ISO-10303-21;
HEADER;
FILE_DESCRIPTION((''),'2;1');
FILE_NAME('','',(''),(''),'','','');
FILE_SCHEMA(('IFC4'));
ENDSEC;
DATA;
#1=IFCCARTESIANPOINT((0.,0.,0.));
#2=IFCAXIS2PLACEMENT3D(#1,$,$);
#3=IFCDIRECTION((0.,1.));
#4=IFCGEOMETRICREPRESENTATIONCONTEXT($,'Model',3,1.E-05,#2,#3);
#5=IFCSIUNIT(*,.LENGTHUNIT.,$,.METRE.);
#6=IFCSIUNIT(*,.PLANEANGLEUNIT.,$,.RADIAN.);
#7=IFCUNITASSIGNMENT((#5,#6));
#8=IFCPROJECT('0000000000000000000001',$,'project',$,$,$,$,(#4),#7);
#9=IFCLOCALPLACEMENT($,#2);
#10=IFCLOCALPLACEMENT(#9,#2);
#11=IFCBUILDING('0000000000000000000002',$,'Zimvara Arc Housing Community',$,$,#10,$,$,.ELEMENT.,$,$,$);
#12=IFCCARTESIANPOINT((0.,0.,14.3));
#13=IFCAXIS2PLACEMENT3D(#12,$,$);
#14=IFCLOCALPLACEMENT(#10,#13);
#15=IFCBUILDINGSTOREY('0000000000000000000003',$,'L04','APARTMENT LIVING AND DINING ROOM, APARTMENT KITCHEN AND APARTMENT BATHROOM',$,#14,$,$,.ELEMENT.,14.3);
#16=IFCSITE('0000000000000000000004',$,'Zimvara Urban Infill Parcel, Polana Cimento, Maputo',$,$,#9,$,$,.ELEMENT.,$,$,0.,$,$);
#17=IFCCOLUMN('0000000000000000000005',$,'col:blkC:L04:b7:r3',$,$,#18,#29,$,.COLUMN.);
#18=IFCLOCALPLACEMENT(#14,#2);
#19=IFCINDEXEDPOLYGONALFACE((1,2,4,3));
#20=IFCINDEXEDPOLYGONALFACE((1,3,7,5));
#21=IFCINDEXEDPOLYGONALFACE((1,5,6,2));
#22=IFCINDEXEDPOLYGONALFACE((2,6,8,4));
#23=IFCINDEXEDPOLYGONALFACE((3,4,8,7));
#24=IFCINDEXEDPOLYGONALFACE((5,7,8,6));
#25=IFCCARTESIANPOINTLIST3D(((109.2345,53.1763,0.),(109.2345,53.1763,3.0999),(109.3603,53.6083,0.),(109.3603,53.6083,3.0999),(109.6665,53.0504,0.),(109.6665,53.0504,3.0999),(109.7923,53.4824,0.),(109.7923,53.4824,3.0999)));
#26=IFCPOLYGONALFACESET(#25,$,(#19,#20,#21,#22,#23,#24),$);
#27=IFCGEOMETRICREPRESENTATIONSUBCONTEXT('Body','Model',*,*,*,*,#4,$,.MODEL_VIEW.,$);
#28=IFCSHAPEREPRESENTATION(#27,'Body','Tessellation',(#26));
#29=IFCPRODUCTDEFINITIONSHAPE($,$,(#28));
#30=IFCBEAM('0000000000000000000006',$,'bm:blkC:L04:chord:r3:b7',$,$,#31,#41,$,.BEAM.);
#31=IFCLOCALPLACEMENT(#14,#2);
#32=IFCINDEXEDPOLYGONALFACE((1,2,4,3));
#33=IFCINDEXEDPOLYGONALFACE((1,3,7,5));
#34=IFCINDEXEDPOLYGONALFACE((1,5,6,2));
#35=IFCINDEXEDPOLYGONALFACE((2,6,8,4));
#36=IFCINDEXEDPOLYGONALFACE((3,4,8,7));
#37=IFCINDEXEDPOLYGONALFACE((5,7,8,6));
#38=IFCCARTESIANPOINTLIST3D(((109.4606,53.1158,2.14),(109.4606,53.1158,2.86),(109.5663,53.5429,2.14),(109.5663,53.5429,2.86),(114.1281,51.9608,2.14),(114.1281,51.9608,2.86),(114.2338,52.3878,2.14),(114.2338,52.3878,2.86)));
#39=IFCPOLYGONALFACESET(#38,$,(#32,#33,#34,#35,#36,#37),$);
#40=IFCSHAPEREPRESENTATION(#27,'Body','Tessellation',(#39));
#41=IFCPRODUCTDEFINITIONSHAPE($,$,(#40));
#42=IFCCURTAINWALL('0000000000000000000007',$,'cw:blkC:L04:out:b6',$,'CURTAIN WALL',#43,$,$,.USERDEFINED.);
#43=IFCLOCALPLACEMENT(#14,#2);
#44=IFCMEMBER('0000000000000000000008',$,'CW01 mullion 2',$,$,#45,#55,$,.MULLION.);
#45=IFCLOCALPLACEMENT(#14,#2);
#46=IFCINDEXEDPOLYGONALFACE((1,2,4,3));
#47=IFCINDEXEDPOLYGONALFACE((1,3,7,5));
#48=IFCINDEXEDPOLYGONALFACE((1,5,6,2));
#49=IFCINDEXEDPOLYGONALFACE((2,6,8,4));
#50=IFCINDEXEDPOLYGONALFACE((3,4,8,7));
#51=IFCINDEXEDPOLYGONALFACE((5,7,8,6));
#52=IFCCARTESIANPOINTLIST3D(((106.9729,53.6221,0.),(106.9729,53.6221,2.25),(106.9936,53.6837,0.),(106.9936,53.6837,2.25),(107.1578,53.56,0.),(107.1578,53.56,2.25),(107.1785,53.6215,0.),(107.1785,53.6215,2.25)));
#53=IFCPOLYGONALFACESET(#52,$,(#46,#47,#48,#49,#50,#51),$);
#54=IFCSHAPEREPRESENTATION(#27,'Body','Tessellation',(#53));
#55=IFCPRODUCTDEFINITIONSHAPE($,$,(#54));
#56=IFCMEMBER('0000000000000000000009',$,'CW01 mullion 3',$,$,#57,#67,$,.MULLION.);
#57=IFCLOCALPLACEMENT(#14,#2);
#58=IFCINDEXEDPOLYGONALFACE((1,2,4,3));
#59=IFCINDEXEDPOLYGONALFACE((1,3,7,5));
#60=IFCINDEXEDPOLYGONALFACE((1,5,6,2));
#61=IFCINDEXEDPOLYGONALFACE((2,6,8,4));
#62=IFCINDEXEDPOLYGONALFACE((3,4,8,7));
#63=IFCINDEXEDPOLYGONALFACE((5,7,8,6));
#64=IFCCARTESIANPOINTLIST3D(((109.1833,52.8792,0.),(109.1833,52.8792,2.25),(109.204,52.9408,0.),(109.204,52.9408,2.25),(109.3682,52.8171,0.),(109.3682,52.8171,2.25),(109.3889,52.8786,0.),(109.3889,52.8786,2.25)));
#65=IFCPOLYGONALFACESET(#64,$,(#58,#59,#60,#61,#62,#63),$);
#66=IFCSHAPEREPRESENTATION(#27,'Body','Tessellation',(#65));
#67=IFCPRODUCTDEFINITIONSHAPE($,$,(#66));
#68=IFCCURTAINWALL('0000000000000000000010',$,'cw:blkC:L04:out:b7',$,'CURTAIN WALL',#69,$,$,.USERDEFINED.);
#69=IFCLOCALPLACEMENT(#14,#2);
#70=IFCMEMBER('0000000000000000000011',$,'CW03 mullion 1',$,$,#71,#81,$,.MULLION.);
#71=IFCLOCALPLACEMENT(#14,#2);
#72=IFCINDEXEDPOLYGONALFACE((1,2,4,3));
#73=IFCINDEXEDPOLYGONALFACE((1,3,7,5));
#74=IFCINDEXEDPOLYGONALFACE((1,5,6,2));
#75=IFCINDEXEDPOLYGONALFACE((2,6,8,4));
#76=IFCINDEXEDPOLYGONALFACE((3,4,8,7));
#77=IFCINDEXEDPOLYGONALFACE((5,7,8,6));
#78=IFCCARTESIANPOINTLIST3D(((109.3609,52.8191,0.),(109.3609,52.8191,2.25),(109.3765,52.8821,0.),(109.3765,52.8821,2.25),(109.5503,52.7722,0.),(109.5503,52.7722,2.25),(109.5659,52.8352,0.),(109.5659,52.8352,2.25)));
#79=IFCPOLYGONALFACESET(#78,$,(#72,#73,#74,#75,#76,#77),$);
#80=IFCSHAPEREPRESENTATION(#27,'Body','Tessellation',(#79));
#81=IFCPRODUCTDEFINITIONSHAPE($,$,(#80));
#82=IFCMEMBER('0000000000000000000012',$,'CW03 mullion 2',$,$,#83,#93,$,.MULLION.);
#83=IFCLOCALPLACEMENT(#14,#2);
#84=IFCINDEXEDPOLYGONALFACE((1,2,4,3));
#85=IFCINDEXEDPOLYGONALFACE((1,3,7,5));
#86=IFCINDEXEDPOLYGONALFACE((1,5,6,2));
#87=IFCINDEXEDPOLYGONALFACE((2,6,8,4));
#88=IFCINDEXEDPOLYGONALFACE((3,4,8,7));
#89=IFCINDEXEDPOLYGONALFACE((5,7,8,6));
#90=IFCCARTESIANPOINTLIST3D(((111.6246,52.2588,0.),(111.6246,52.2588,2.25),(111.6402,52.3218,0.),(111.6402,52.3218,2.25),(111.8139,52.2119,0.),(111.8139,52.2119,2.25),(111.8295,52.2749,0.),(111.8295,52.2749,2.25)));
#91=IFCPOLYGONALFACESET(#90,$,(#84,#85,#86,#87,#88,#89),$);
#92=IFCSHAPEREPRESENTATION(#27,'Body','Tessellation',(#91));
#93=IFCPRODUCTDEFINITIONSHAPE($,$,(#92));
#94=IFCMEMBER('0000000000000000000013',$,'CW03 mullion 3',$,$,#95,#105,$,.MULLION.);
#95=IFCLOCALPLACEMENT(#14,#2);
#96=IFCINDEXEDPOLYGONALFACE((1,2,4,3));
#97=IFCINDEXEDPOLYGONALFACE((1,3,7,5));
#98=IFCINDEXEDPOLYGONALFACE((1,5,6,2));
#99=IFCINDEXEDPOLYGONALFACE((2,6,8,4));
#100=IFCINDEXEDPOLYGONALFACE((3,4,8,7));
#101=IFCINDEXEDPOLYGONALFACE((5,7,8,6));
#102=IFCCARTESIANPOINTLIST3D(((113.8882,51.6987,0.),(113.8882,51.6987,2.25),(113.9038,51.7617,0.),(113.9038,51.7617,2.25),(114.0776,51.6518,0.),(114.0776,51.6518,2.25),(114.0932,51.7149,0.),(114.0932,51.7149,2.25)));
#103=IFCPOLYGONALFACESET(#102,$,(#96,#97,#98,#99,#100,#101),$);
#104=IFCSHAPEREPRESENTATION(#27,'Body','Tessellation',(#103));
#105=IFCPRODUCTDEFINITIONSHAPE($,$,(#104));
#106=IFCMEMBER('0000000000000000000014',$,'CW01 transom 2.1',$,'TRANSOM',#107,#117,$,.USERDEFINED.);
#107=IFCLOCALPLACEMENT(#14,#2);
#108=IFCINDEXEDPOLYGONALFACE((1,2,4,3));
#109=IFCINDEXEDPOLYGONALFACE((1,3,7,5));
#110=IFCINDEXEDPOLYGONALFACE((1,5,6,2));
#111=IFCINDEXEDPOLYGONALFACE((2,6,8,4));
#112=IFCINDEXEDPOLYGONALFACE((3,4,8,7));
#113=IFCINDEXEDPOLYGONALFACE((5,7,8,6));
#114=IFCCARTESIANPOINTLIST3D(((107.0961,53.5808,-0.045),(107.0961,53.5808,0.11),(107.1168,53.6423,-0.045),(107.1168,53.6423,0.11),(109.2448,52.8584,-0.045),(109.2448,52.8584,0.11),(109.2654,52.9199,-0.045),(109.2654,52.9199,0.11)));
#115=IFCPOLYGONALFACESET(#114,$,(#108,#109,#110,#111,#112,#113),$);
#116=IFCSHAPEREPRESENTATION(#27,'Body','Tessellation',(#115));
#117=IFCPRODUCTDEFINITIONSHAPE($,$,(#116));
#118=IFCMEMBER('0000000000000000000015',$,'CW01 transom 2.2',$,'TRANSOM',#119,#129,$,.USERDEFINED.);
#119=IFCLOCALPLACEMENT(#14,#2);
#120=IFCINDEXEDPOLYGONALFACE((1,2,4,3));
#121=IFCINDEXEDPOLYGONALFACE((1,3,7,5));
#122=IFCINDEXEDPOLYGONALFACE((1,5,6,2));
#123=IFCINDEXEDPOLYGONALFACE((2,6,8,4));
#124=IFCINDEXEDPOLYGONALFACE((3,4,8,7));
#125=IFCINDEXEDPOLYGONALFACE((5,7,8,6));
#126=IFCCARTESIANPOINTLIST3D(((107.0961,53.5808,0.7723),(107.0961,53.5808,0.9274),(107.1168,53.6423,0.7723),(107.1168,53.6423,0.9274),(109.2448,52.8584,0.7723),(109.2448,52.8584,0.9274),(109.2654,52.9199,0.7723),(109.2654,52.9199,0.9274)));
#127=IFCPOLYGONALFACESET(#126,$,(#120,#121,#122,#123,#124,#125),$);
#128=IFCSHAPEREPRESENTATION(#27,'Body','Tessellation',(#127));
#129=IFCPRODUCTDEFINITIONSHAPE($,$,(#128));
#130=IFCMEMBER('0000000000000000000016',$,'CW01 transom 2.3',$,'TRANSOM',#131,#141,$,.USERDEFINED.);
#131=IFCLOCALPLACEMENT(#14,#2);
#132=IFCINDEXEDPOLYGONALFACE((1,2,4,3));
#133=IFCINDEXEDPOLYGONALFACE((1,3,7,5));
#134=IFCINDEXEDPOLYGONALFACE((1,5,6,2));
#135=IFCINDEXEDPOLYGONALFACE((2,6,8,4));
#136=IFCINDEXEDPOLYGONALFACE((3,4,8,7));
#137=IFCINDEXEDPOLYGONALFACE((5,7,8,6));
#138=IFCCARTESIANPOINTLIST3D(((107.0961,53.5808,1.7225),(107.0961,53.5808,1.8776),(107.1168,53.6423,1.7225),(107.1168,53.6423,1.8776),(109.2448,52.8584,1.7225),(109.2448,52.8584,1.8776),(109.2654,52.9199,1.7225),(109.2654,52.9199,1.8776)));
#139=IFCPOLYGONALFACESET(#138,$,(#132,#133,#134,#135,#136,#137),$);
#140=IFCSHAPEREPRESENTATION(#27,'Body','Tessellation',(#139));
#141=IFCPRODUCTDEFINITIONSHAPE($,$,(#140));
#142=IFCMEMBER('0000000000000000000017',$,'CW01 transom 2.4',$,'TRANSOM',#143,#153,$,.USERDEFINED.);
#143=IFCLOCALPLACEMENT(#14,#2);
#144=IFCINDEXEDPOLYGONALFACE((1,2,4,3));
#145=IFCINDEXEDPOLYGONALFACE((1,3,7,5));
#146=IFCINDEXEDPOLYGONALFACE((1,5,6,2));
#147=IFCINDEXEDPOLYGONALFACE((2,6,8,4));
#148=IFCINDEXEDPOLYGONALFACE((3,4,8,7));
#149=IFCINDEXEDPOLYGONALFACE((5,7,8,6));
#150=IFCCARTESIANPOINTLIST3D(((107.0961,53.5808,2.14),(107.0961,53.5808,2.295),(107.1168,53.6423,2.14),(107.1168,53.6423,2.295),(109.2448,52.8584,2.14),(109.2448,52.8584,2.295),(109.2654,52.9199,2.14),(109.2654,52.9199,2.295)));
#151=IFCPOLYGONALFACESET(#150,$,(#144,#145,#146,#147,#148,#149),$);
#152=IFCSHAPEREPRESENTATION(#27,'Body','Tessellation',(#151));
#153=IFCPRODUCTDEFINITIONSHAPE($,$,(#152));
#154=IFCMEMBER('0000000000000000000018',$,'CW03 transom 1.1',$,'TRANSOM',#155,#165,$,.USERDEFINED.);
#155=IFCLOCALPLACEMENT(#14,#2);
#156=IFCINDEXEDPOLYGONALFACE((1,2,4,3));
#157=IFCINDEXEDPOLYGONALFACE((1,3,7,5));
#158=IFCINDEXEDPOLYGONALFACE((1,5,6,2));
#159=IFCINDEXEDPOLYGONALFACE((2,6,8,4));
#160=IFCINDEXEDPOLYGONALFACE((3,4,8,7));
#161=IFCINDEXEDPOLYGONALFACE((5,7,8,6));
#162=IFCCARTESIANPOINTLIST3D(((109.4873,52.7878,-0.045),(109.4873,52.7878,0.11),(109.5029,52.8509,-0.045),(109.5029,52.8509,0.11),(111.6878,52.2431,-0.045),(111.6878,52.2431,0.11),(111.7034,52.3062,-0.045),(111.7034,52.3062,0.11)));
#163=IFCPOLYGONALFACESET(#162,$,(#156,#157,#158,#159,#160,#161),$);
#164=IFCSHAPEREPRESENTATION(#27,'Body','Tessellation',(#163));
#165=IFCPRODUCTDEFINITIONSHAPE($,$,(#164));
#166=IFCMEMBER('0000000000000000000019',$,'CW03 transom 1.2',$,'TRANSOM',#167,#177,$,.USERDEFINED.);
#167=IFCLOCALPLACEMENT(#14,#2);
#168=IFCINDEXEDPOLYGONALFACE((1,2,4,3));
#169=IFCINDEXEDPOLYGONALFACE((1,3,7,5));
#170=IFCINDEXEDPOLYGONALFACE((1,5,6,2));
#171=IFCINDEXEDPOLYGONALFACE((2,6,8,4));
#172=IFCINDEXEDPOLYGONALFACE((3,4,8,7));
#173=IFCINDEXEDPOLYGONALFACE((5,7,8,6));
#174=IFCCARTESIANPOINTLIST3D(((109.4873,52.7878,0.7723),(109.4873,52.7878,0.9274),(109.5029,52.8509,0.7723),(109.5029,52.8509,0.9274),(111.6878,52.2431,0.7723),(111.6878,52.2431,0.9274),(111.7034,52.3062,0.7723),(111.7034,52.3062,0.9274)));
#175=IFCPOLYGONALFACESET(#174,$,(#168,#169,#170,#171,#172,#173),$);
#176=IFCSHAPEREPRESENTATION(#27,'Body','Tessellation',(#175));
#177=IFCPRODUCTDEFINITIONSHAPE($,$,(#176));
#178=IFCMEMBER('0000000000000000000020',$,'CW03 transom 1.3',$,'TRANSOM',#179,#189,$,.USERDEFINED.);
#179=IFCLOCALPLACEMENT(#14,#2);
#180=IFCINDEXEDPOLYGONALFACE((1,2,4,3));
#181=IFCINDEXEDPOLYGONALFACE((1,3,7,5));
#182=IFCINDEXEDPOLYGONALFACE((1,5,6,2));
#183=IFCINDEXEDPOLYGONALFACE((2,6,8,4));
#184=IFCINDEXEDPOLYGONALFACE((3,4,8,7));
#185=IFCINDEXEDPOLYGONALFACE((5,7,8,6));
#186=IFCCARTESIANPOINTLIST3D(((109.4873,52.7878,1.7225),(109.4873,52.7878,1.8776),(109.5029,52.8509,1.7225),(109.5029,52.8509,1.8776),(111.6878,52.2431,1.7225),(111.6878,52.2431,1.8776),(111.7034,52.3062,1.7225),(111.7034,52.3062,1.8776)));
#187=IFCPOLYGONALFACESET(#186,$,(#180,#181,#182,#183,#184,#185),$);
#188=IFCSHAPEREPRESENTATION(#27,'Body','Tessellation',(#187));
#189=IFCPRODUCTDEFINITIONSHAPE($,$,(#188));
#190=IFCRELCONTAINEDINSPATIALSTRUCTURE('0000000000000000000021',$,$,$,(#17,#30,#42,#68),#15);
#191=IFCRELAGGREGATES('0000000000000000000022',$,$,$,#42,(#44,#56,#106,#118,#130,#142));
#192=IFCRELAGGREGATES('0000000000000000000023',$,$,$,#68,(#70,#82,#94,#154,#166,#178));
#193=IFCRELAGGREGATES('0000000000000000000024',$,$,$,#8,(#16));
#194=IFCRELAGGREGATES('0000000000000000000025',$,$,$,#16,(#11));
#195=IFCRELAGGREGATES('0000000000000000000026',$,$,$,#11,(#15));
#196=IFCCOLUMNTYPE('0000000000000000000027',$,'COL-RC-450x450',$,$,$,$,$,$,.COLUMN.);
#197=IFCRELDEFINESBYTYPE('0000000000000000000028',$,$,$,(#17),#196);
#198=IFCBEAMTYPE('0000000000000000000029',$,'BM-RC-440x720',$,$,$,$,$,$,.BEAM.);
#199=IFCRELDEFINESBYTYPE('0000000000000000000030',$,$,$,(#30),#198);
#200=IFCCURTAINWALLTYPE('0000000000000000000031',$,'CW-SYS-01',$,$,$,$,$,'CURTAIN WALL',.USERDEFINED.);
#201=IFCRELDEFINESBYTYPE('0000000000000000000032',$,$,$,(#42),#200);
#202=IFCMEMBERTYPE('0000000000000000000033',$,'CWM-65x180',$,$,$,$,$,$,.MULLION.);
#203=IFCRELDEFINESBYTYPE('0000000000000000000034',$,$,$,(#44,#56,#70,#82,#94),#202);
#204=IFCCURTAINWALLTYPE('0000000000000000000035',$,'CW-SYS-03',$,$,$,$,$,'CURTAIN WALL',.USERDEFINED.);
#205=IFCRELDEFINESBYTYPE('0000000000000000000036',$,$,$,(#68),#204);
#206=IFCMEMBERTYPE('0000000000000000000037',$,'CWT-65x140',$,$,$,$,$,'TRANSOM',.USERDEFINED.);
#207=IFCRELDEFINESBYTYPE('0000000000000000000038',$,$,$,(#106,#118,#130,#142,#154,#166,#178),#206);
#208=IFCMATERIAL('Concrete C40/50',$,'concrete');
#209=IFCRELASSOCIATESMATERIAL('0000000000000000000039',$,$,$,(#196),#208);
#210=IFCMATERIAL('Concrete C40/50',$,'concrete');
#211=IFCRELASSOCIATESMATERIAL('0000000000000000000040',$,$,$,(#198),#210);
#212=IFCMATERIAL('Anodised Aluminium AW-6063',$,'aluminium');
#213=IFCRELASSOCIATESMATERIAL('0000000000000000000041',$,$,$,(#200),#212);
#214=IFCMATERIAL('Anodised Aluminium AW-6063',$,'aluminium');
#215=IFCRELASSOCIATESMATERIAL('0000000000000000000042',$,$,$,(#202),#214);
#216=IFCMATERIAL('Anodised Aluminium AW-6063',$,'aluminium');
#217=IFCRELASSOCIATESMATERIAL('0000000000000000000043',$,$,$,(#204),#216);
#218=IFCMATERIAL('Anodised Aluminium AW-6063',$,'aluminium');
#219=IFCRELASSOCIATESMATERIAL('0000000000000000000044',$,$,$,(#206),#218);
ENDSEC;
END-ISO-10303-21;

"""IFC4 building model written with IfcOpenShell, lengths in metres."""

from ifc_helpers import new_model, si_unit, direction, frame, origin, origin_2d, place, context, subcontext, project, spatial, rectangle, extrude, material, material_profile, profile_set, type_object, element, aggregate, save


model = new_model("IFC4")

# Units and contexts
model_context = context("Model", 3, precision=1e-05, world=origin(), true_north=direction((0.0, 1.0)))
body_context = subcontext(model_context, "Body", "Model", "MODEL_VIEW")
ifc_project = project(units=[si_unit("LENGTHUNIT", "METRE"), si_unit("PLANEANGLEUNIT", "RADIAN")], contexts=[model_context])

# Site, building, storey
site_placement = place(None, origin())
site = spatial("IfcSite", under=ifc_project, at=site_placement, Name="Zimvara Urban Infill Parcel, Polana Cimento, Maputo", CompositionType="ELEMENT", RefElevation=0.0)
building_placement = place(site_placement, origin())
building = spatial("IfcBuilding", under=site, at=building_placement, Name="Zimvara Arc Housing Community", CompositionType="ELEMENT")
storey_placement = place(building_placement, frame((0.0, 0.0, 14.3)))
storey = spatial("IfcBuildingStorey", under=building, at=storey_placement, Name="L04", Description="APARTMENT LIVING AND DINING ROOM, APARTMENT KITCHEN AND APARTMENT BATHROOM", CompositionType="ELEMENT", Elevation=14.3)

# Column
ifc_material_1 = material(Name="Concrete C40/50", Category="concrete")
ifc_material_profile_1 = material_profile(ifc_material_1, rectangle(XDim=0.45, YDim=0.45, at=origin_2d()), Name="RC 450x450")
ifc_profile_set_1 = profile_set([ifc_material_profile_1], Name="Concrete C40/50")
column_type = type_object("IfcColumnType", Name="COL-RC-450x450", PredefinedType="COLUMN", material=ifc_profile_set_1)
column_placement = place(storey_placement, frame((109.5134, 53.3293, 0.0), z_axis=(0.0, 0.0, 1.0), x_axis=(-0.279661, -0.960099, 0.0)))
element("IfcColumn", 1, at=column_placement, inside=storey, type_object=column_type, Name="col:blkC:L04:b7:r3", PredefinedType="COLUMN", context=body_context, shape_type="SweptSolid", body=[
    extrude(rectangle(XDim=0.45, YDim=0.45, at=origin_2d()), origin(), (0.0, 0.0, 1.0), 3.0999),
])

# Beam
ifc_material_2 = material(Name="Concrete C40/50", Category="concrete")
ifc_material_profile_2 = material_profile(ifc_material_2, rectangle(XDim=0.4399, YDim=0.72, at=origin_2d()), Name="RC 440x720")
ifc_profile_set_2 = profile_set([ifc_material_profile_2], Name="Concrete C40/50")
beam_type = type_object("IfcBeamType", Name="BM-RC-440x720", PredefinedType="BEAM", material=ifc_profile_set_2)
beam_placement = place(storey_placement, frame((109.5134, 53.3293, 2.5), z_axis=(0.970719, -0.240217, 0.0), x_axis=(0.240217, 0.970719, 0.0)))
element("IfcBeam", 2, at=beam_placement, inside=storey, type_object=beam_type, Name="bm:blkC:L04:chord:r3:b7", PredefinedType="BEAM", context=body_context, shape_type="SweptSolid", body=[
    extrude(rectangle(XDim=0.4399, YDim=0.72, at=origin_2d()), origin(), (0.0, 0.0, 1.0), 4.8083),
])

# Curtain walls, members
ifc_material_3 = material(Name="Anodised Aluminium AW-6063", Category="aluminium")
curtain_wall_type_1 = type_object("IfcCurtainWallType", Name="CW-SYS-01", ElementType="CURTAIN WALL", PredefinedType="USERDEFINED", material=ifc_material_3)
curtain_wall_1_placement = place(storey_placement, origin())
curtain_wall_1 = element("IfcCurtainWall", 3, at=curtain_wall_1_placement, inside=storey, type_object=curtain_wall_type_1, Name="cw:blkC:L04:out:b6", ObjectType="CURTAIN WALL", PredefinedType="USERDEFINED")
ifc_material_4 = material(Name="Anodised Aluminium AW-6063", Category="aluminium")
ifc_material_profile_3 = material_profile(ifc_material_4, rectangle(XDim=0.0649, YDim=0.1951, at=origin_2d()), Name="ALU 65x195")
ifc_profile_set_3 = profile_set([ifc_material_profile_3], Name="Anodised Aluminium AW-6063")
member_type_1 = type_object("IfcMemberType", Name="CWM-65x180", PredefinedType="MULLION", material=ifc_profile_set_3)
member_1_placement = place(storey_placement, frame((107.0757, 53.6218, 0.0), z_axis=(0.0, 0.0, 1.0), x_axis=(0.318629, 0.94788, 0.0)))
member_1 = element("IfcMember", 4, at=member_1_placement, type_object=member_type_1, Name="CW01 mullion 2", PredefinedType="MULLION", context=body_context, shape_type="SweptSolid", body=[
    extrude(rectangle(XDim=0.0649, YDim=0.1951, at=origin_2d()), origin(), (0.0, 0.0, 1.0), 2.25),
])
member_2_placement = place(storey_placement, frame((109.2861, 52.8789, 0.0), z_axis=(0.0, 0.0, 1.0), x_axis=(0.318629, 0.94788, 0.0)))
member_2 = element("IfcMember", 5, at=member_2_placement, type_object=member_type_1, Name="CW01 mullion 3", PredefinedType="MULLION", context=body_context, shape_type="SweptSolid", body=[
    extrude(rectangle(XDim=0.0649, YDim=0.1951, at=origin_2d()), origin(), (0.0, 0.0, 1.0), 2.25),
])
ifc_material_5 = material(Name="Anodised Aluminium AW-6063", Category="aluminium")
curtain_wall_type_2 = type_object("IfcCurtainWallType", Name="CW-SYS-03", ElementType="CURTAIN WALL", PredefinedType="USERDEFINED", material=ifc_material_5)
curtain_wall_2_placement = place(storey_placement, origin())
curtain_wall_2 = element("IfcCurtainWall", 6, at=curtain_wall_2_placement, inside=storey, type_object=curtain_wall_type_2, Name="cw:blkC:L04:out:b7", ObjectType="CURTAIN WALL", PredefinedType="USERDEFINED")
member_3_placement = place(storey_placement, frame((109.4634, 52.8271, 0.0), z_axis=(0.0, 0.0, 1.0), x_axis=(0.24023, 0.970716, 0.0)))
member_3 = element("IfcMember", 7, at=member_3_placement, type_object=member_type_1, Name="CW03 mullion 1", PredefinedType="MULLION", context=body_context, shape_type="SweptSolid", body=[
    extrude(rectangle(XDim=0.0649, YDim=0.1951, at=origin_2d()), origin(), (0.0, 0.0, 1.0), 2.25),
])
member_4_placement = place(storey_placement, frame((111.7271, 52.2668, 0.0), z_axis=(0.0, 0.0, 1.0), x_axis=(0.24023, 0.970716, 0.0)))
member_4 = element("IfcMember", 8, at=member_4_placement, type_object=member_type_1, Name="CW03 mullion 2", PredefinedType="MULLION", context=body_context, shape_type="SweptSolid", body=[
    extrude(rectangle(XDim=0.0649, YDim=0.1951, at=origin_2d()), origin(), (0.0, 0.0, 1.0), 2.25),
])
member_5_placement = place(storey_placement, frame((113.9907, 51.7068, 0.0), z_axis=(0.0, 0.0, 1.0), x_axis=(0.24023, 0.970716, 0.0)))
member_5 = element("IfcMember", 9, at=member_5_placement, type_object=member_type_1, Name="CW03 mullion 3", PredefinedType="MULLION", context=body_context, shape_type="SweptSolid", body=[
    extrude(rectangle(XDim=0.0649, YDim=0.1951, at=origin_2d()), origin(), (0.0, 0.0, 1.0), 2.25),
])

# Members
ifc_material_6 = material(Name="Anodised Aluminium AW-6063", Category="aluminium")
ifc_material_profile_4 = material_profile(ifc_material_6, rectangle(XDim=0.0649, YDim=0.155, at=origin_2d()), Name="ALU 65x155")
ifc_profile_set_4 = profile_set([ifc_material_profile_4], Name="Anodised Aluminium AW-6063")
member_type_2 = type_object("IfcMemberType", Name="CWT-65x140", ElementType="TRANSOM", PredefinedType="USERDEFINED", material=ifc_profile_set_4)
member_6_placement = place(storey_placement, frame((107.1064, 53.6116, 0.0325), z_axis=(0.947862, -0.318682, 0.0), x_axis=(0.318682, 0.947862, 0.0)))
member_6 = element("IfcMember", 10, at=member_6_placement, type_object=member_type_2, Name="CW01 transom 2.1", ObjectType="TRANSOM", PredefinedType="USERDEFINED", context=body_context, shape_type="SweptSolid", body=[
    extrude(rectangle(XDim=0.0649, YDim=0.155, at=origin_2d()), origin(), (0.0, 0.0, 1.0), 2.2668),
])
member_7_placement = place(storey_placement, frame((107.1064, 53.6116, 0.8499), z_axis=(0.947862, -0.318682, 0.0), x_axis=(0.318682, 0.947862, 0.0)))
member_7 = element("IfcMember", 11, at=member_7_placement, type_object=member_type_2, Name="CW01 transom 2.2", ObjectType="TRANSOM", PredefinedType="USERDEFINED", context=body_context, shape_type="SweptSolid", body=[
    extrude(rectangle(XDim=0.0649, YDim=0.155, at=origin_2d()), origin(), (0.0, 0.0, 1.0), 2.2668),
])
member_8_placement = place(storey_placement, frame((107.1064, 53.6116, 1.8), z_axis=(0.947862, -0.318682, 0.0), x_axis=(0.318682, 0.947862, 0.0)))
member_8 = element("IfcMember", 12, at=member_8_placement, type_object=member_type_2, Name="CW01 transom 2.3", ObjectType="TRANSOM", PredefinedType="USERDEFINED", context=body_context, shape_type="SweptSolid", body=[
    extrude(rectangle(XDim=0.0649, YDim=0.155, at=origin_2d()), origin(), (0.0, 0.0, 1.0), 2.2668),
])
member_9_placement = place(storey_placement, frame((107.1064, 53.6116, 2.2175), z_axis=(0.947862, -0.318682, 0.0), x_axis=(0.318682, 0.947862, 0.0)))
member_9 = element("IfcMember", 13, at=member_9_placement, type_object=member_type_2, Name="CW01 transom 2.4", ObjectType="TRANSOM", PredefinedType="USERDEFINED", context=body_context, shape_type="SweptSolid", body=[
    extrude(rectangle(XDim=0.0649, YDim=0.155, at=origin_2d()), origin(), (0.0, 0.0, 1.0), 2.2668),
])
member_10_placement = place(storey_placement, frame((109.4951, 52.8193, 0.0325), z_axis=(0.970704, -0.24028, 0.0), x_axis=(0.24028, 0.970704, 0.0)))
member_10 = element("IfcMember", 14, at=member_10_placement, type_object=member_type_2, Name="CW03 transom 1.1", ObjectType="TRANSOM", PredefinedType="USERDEFINED", context=body_context, shape_type="SweptSolid", body=[
    extrude(rectangle(XDim=0.0649, YDim=0.155, at=origin_2d()), origin(), (0.0, 0.0, 1.0), 2.2668),
])
member_11_placement = place(storey_placement, frame((109.4951, 52.8193, 0.8499), z_axis=(0.970704, -0.24028, 0.0), x_axis=(0.24028, 0.970704, 0.0)))
member_11 = element("IfcMember", 15, at=member_11_placement, type_object=member_type_2, Name="CW03 transom 1.2", ObjectType="TRANSOM", PredefinedType="USERDEFINED", context=body_context, shape_type="SweptSolid", body=[
    extrude(rectangle(XDim=0.0649, YDim=0.155, at=origin_2d()), origin(), (0.0, 0.0, 1.0), 2.2668),
])
member_12_placement = place(storey_placement, frame((109.4951, 52.8193, 1.8), z_axis=(0.970704, -0.24028, 0.0), x_axis=(0.24028, 0.970704, 0.0)))
member_12 = element("IfcMember", 16, at=member_12_placement, type_object=member_type_2, Name="CW03 transom 1.3", ObjectType="TRANSOM", PredefinedType="USERDEFINED", context=body_context, shape_type="SweptSolid", body=[
    extrude(rectangle(XDim=0.0649, YDim=0.155, at=origin_2d()), origin(), (0.0, 0.0, 1.0), 2.2668),
])

aggregate(curtain_wall_1, [member_1, member_2, member_6, member_7, member_8, member_9])
aggregate(curtain_wall_2, [member_3, member_4, member_5, member_10, member_11, member_12])

save(model, "model.ifc")
